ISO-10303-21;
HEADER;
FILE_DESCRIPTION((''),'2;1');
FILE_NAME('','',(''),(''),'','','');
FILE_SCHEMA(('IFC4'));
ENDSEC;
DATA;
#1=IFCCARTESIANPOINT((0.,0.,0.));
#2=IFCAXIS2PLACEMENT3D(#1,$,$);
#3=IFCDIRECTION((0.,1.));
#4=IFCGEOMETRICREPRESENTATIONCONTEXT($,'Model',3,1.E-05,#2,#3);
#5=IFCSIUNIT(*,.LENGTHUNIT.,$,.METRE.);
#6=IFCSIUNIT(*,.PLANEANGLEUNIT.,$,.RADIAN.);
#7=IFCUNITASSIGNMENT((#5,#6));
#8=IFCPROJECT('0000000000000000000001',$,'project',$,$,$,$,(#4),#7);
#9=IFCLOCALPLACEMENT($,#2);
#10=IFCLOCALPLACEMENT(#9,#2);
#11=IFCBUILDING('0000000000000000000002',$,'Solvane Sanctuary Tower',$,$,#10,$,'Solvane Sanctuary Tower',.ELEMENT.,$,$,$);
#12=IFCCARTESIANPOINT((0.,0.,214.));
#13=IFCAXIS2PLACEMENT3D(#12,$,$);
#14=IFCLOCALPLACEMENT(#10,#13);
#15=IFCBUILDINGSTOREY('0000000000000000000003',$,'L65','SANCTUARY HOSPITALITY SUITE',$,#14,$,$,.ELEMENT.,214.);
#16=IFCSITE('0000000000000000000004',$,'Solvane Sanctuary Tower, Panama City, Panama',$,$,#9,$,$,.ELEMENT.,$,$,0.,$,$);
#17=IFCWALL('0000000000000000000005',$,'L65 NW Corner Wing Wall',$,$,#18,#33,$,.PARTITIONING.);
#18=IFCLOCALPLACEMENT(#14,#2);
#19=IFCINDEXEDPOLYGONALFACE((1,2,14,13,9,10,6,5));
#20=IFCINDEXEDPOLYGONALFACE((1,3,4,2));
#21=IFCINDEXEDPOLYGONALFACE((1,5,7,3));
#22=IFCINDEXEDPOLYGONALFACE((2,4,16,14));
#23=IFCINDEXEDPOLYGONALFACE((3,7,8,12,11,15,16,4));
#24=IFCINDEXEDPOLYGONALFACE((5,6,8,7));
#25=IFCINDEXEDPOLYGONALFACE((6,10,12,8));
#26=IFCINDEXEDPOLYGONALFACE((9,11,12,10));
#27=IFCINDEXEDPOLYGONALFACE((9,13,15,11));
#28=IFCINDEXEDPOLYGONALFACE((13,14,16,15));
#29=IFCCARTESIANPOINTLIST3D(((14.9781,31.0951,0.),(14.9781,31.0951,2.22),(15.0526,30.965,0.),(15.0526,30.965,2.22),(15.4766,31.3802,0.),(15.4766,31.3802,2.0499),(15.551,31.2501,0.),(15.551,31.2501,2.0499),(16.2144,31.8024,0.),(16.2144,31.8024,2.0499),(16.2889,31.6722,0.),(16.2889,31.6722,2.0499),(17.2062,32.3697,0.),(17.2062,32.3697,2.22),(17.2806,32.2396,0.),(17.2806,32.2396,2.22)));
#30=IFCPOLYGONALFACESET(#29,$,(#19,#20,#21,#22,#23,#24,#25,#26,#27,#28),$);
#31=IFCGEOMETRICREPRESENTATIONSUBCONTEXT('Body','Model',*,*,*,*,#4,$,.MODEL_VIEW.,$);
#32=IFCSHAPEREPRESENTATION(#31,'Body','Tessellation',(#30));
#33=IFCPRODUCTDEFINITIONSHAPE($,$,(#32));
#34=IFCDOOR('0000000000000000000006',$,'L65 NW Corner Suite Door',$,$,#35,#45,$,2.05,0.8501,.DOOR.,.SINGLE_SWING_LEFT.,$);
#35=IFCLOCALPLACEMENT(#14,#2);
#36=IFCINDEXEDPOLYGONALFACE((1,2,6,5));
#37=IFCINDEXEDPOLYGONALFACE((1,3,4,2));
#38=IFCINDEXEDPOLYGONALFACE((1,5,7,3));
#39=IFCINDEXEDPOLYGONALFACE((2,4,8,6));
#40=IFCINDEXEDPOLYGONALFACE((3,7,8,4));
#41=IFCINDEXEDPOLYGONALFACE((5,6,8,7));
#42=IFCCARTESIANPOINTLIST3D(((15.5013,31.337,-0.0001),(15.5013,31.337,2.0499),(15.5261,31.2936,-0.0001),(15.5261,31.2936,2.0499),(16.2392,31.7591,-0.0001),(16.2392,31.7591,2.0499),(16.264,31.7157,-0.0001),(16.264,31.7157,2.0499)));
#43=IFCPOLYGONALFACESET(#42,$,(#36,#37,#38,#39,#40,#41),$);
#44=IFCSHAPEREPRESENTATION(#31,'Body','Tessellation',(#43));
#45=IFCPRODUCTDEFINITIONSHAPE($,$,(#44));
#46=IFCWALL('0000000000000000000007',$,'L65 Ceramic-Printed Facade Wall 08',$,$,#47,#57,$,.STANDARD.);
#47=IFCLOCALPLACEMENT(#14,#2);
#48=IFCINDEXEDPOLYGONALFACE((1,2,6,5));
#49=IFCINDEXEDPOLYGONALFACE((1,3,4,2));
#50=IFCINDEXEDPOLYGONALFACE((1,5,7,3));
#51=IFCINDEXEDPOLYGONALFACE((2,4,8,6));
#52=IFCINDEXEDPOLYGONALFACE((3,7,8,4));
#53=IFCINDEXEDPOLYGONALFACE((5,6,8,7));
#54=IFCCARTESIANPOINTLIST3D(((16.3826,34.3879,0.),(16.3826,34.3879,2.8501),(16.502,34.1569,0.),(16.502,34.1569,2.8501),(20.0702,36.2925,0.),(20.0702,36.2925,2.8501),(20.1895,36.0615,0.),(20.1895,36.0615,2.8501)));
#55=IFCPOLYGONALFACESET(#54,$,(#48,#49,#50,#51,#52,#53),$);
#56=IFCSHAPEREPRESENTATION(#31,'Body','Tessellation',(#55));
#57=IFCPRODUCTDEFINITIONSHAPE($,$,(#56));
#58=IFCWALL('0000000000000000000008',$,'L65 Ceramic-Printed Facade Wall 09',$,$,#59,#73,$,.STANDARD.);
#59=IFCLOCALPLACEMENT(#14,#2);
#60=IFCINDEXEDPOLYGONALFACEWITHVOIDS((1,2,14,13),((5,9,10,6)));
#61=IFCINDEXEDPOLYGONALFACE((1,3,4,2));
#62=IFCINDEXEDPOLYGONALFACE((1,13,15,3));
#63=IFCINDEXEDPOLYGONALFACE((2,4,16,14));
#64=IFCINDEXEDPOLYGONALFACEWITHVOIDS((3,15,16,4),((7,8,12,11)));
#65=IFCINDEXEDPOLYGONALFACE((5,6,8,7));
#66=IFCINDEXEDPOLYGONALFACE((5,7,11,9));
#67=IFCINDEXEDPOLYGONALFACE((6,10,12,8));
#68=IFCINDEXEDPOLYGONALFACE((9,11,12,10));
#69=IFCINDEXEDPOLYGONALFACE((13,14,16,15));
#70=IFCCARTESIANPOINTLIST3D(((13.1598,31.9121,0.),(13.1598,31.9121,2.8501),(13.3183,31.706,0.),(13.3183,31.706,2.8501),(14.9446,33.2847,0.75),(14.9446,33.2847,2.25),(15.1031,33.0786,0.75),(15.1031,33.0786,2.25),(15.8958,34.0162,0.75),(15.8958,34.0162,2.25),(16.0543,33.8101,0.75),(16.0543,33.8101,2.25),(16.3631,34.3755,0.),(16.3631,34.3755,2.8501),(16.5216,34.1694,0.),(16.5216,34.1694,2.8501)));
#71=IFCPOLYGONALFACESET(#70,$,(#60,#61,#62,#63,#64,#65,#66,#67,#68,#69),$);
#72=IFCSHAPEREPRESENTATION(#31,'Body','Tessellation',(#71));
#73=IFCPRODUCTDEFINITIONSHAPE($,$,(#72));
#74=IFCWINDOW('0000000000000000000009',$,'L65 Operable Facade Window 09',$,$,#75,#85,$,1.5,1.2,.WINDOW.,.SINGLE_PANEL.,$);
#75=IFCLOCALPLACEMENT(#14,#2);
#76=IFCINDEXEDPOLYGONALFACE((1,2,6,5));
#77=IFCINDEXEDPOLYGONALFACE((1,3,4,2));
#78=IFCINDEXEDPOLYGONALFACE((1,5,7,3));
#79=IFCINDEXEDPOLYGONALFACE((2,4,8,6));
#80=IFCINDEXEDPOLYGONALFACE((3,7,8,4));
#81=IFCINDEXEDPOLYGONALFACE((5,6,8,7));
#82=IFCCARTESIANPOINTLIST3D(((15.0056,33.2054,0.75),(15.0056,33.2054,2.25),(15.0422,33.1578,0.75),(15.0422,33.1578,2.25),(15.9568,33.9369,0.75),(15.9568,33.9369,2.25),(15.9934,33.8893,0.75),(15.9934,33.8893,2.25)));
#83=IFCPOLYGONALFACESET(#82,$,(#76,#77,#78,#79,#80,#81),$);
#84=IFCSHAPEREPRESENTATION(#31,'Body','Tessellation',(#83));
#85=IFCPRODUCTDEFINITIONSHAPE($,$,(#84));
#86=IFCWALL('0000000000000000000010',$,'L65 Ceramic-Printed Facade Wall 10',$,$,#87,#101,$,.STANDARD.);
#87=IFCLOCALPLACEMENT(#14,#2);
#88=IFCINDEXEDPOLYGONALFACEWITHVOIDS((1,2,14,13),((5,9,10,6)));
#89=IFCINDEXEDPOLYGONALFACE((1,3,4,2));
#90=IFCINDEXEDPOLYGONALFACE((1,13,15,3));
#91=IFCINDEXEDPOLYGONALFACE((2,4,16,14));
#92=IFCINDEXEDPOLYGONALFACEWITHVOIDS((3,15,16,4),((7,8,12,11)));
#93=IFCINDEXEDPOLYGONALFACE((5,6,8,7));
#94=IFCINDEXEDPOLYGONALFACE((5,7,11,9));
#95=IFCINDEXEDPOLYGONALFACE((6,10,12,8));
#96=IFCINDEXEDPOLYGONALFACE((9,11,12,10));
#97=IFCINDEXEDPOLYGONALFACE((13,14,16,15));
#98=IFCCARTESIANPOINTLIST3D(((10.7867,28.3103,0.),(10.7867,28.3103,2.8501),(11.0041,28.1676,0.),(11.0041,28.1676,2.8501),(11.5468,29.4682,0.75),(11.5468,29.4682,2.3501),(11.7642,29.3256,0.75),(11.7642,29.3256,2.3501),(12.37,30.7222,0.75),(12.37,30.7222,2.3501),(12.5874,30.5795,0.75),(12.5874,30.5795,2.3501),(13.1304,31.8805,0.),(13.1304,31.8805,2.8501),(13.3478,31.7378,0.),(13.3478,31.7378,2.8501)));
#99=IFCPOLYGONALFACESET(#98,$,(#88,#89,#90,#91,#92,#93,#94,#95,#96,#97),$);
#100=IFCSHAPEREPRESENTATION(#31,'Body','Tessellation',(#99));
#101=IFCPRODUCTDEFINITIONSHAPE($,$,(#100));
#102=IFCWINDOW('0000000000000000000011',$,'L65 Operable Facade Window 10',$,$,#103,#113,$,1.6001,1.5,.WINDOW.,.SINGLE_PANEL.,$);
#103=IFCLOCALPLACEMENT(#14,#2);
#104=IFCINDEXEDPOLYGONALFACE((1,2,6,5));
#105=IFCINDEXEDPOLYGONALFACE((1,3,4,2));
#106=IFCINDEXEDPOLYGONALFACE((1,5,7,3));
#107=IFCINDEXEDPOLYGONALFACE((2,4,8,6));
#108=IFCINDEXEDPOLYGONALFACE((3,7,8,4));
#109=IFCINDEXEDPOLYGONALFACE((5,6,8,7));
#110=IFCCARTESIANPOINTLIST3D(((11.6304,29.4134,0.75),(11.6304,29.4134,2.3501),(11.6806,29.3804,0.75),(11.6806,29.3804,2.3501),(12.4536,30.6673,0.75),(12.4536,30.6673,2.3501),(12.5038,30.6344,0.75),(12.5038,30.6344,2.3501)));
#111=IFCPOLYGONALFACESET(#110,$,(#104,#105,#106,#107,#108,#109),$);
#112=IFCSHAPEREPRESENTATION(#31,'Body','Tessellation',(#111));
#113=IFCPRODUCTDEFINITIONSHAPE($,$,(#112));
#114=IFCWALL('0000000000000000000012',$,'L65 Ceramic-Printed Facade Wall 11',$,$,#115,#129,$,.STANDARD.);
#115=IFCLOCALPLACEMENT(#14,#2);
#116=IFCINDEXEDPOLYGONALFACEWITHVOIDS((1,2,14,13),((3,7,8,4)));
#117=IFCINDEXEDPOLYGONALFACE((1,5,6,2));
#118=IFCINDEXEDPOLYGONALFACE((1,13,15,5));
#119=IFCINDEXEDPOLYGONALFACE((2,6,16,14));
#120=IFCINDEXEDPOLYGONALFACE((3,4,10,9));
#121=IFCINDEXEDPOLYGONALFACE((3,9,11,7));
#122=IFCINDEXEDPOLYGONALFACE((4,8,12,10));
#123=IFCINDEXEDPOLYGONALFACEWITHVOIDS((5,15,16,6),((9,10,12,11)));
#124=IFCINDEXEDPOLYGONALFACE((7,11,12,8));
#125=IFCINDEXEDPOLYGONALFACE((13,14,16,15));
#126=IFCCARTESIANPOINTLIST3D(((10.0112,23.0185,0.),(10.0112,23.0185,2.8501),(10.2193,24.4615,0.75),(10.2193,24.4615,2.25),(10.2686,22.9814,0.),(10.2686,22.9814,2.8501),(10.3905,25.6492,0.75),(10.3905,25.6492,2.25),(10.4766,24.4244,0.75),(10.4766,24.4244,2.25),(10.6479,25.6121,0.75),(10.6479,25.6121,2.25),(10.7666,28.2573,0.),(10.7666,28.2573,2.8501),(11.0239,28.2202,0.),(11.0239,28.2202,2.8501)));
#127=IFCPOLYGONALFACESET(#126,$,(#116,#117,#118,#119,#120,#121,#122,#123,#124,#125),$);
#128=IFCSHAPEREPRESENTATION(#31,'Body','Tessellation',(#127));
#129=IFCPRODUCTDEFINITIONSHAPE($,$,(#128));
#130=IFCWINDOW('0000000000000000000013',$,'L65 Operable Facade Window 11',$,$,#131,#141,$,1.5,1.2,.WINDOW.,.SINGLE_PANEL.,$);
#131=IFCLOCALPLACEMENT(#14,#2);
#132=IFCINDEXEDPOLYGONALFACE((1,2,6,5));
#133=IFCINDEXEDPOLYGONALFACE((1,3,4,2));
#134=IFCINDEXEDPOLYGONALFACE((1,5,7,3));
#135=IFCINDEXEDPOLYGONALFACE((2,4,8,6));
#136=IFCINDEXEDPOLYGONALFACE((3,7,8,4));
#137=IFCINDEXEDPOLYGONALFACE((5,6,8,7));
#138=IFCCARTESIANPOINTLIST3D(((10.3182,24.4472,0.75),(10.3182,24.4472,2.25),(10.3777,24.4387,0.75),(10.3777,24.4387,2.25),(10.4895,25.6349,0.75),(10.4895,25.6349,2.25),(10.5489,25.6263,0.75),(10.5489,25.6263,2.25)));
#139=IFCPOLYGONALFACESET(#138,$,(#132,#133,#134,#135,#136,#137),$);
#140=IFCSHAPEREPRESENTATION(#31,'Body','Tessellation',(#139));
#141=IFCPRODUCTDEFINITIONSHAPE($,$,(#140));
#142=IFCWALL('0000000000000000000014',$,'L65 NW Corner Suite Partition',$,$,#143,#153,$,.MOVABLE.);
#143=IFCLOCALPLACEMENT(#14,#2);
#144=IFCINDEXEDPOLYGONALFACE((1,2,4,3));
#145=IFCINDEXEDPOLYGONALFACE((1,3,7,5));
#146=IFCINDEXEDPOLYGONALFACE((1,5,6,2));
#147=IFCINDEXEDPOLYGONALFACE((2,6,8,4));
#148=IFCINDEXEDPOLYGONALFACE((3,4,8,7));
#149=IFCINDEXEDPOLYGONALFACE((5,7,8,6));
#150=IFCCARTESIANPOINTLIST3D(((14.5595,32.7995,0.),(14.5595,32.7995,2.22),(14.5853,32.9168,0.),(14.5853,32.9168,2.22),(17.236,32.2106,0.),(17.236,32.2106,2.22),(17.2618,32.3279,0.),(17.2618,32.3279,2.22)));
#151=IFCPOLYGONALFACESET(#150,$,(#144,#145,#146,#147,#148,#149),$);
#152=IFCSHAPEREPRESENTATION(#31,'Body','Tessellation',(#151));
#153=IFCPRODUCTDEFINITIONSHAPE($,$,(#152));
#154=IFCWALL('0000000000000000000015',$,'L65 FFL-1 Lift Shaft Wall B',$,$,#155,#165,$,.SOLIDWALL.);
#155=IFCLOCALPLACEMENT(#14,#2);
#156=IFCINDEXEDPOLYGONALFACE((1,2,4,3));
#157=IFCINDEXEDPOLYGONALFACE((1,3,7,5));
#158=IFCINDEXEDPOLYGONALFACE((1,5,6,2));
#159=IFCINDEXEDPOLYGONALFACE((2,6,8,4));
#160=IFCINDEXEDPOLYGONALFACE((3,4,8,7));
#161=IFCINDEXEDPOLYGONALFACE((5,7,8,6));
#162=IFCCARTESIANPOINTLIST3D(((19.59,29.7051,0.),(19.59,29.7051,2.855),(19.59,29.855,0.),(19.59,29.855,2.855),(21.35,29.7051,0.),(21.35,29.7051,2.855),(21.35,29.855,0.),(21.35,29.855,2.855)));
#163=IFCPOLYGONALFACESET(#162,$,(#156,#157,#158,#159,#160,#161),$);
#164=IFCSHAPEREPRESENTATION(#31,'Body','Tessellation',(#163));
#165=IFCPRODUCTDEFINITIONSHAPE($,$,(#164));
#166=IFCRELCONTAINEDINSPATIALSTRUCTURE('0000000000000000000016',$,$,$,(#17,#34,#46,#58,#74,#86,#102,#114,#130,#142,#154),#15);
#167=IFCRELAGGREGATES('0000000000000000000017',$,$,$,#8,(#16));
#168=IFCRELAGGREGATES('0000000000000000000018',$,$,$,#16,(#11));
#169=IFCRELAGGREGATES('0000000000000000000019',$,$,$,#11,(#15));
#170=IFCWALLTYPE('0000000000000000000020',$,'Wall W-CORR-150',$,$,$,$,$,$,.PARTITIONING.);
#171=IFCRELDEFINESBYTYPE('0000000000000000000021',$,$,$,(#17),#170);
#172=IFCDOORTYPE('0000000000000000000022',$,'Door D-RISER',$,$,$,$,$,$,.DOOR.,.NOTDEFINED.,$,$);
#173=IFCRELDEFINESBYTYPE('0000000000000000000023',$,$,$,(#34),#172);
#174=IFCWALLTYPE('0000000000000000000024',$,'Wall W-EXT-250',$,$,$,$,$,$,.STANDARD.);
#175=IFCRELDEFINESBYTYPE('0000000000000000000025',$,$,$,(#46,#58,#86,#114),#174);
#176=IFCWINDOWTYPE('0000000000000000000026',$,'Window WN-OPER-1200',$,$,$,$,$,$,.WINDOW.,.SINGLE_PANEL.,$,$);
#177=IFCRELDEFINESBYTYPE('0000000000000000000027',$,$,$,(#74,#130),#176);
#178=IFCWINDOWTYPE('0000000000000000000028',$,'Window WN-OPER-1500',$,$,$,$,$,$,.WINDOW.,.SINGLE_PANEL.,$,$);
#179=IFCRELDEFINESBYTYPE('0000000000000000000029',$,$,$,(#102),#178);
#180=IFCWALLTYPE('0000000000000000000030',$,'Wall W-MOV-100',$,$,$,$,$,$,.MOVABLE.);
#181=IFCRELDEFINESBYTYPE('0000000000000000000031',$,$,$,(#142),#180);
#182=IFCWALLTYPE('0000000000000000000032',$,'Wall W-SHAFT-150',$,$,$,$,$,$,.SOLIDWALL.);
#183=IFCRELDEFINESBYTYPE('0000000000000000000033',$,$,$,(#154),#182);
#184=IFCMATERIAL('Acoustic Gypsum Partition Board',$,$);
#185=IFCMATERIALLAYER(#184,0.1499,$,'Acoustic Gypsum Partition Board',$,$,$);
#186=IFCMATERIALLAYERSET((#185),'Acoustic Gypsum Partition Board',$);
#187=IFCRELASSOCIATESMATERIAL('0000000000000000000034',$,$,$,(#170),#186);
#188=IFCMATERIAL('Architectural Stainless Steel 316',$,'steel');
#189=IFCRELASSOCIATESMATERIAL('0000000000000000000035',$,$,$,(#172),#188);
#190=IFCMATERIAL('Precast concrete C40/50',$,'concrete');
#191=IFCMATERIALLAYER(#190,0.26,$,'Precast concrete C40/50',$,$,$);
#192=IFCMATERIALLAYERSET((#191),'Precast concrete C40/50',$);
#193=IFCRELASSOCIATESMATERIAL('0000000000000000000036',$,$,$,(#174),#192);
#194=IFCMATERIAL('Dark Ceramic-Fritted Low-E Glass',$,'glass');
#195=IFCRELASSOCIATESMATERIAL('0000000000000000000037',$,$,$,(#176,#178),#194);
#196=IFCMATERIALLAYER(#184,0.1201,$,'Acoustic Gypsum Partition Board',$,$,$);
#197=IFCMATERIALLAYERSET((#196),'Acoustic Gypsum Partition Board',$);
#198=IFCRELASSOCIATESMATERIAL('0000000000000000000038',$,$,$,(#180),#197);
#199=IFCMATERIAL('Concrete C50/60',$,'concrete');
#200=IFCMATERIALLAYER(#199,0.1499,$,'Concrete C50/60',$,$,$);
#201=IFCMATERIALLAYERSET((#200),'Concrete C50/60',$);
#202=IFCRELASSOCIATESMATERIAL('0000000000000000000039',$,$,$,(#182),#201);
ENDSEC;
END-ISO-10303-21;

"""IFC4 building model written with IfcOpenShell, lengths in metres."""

from ifc_helpers import new_model, si_unit, direction, frame, frame_2d, origin, place, context, subcontext, project, spatial, rectangle, extrude, material, layer, layer_set, type_object, element, fill, save


model = new_model("IFC4")

# Units and contexts
model_context = context("Model", 3, precision=1e-05, world=origin(), true_north=direction((0.0, 1.0)))
body_context = subcontext(model_context, "Body", "Model", "MODEL_VIEW")
ifc_project = project(units=[si_unit("LENGTHUNIT", "METRE"), si_unit("PLANEANGLEUNIT", "RADIAN")], contexts=[model_context])

# Site, building, storey
site_placement = place(None, origin())
site = spatial("IfcSite", under=ifc_project, at=site_placement, Name="Solvane Sanctuary Tower, Panama City, Panama", CompositionType="ELEMENT", RefElevation=0.0)
building_placement = place(site_placement, origin())
building = spatial("IfcBuilding", under=site, at=building_placement, Name="Solvane Sanctuary Tower", LongName="Solvane Sanctuary Tower", CompositionType="ELEMENT")
storey_placement = place(building_placement, frame((0.0, 0.0, 214.0)))
storey = spatial("IfcBuildingStorey", under=building, at=storey_placement, Name="L65", Description="SANCTUARY HOSPITALITY SUITE", CompositionType="ELEMENT", Elevation=214.0)

# Shared definitions
ifc_material_1 = material(Name="Concrete C50/60", Category="concrete")

# Shared definitions
ifc_material_2 = material(Name="Acoustic Gypsum Partition Board")
ifc_layer_1 = layer(ifc_material_2, 0.1499, Name="Acoustic Gypsum Partition Board")
ifc_layer_set_1 = layer_set([ifc_layer_1], Name="Acoustic Gypsum Partition Board")
wall_type_1 = type_object("IfcWallType", Name="Wall W-CORR-150", PredefinedType="PARTITIONING", material=ifc_layer_set_1)

# Wall, opening, door
wall_1_placement = place(storey_placement, frame((17.2434, 32.3047, 0.0), z_axis=(0.0, 0.0, 1.0), x_axis=(-0.867991, -0.496579, 0.0)))
wall_1 = element("IfcWall", 1, at=wall_1_placement, inside=storey, type_object=wall_type_1, Name="L65 NW Corner Wing Wall", PredefinedType="PARTITIONING", context=body_context, shape_type="SweptSolid", body=[
    extrude(rectangle(XDim=2.5669, YDim=0.1499, at=frame_2d((1.2834, 0.0))), origin(), (0.0, 0.0, 1.0), 2.22),
])
opening_1_placement = place(wall_1_placement, frame((1.1426, 0.0, 0.0)))
opening_1 = element("IfcOpeningElement", 2, at=opening_1_placement, cuts=wall_1, PredefinedType="OPENING", context=body_context, shape_type="SweptSolid", body=[
    extrude(rectangle(XDim=0.8501, YDim=2.05, at=frame_2d((0.425, 1.0249))), frame((0.0, 0.085, 0.0), z_axis=(0.0, -1.0, 0.0), x_axis=(1.0, 0.0, 0.0)), (0.0, 0.0, 1.0), 0.1699),
])
ifc_material_3 = material(Name="Architectural Stainless Steel 316", Category="steel")
door_type_1 = type_object("IfcDoorType", Name="Door D-RISER", OperationType="NOTDEFINED", PredefinedType="DOOR", material=ifc_material_3)
door_1_placement = place(opening_1_placement, origin())
door_1 = element("IfcDoor", 3, at=door_1_placement, inside=storey, type_object=door_type_1, Name="L65 NW Corner Suite Door", OperationType="SINGLE_SWING_LEFT", OverallHeight=2.05, OverallWidth=0.8501, PredefinedType="DOOR", context=body_context, shape_type="SweptSolid", body=[
    extrude(rectangle(XDim=0.8501, YDim=2.05, at=frame_2d((0.425, 1.0249))), frame((0.0, 0.0249, 0.0), z_axis=(0.0, -1.0, 0.0), x_axis=(1.0, 0.0, 0.0)), (0.0, 0.0, 1.0), 0.05),
])
fill(opening_1, door_1)

# Wall
ifc_material_4 = material(Name="Precast concrete C40/50", Category="concrete")
ifc_layer_2 = layer(ifc_material_4, 0.26, Name="Precast concrete C40/50")
ifc_layer_set_2 = layer_set([ifc_layer_2], Name="Precast concrete C40/50")
wall_type_2 = type_object("IfcWallType", Name="Wall W-EXT-250", PredefinedType="STANDARD", material=ifc_layer_set_2)
wall_2_placement = place(storey_placement, frame((20.1299, 36.177, 0.0), z_axis=(0.0, 0.0, 1.0), x_axis=(-0.888491, -0.458893, 0.0)))
element("IfcWall", 4, at=wall_2_placement, inside=storey, type_object=wall_type_2, Name="L65 Ceramic-Printed Facade Wall 08", PredefinedType="STANDARD", context=body_context, shape_type="SweptSolid", body=[
    extrude(rectangle(XDim=4.1504, YDim=0.26, at=frame_2d((2.0752, 0.0))), origin(), (0.0, 0.0, 1.0), 2.8501),
])

# Walls, openings, windows
wall_3_placement = place(storey_placement, frame((16.4424, 34.2725, 0.0), z_axis=(0.0, 0.0, 1.0), x_axis=(-0.792714, -0.609594, 0.0)))
wall_3 = element("IfcWall", 5, at=wall_3_placement, inside=storey, type_object=wall_type_2, Name="L65 Ceramic-Printed Facade Wall 09", PredefinedType="STANDARD", context=body_context, shape_type="SweptSolid", body=[
    extrude(rectangle(XDim=4.041, YDim=0.26, at=frame_2d((2.0205, 0.0))), origin(), (0.0, 0.0, 1.0), 2.8501),
])
opening_2_placement = place(wall_3_placement, frame((0.5894, 0.0, 0.75)))
opening_2 = element("IfcOpeningElement", 6, at=opening_2_placement, cuts=wall_3, PredefinedType="OPENING", context=body_context, shape_type="SweptSolid", body=[
    extrude(rectangle(XDim=1.2, YDim=1.5, at=frame_2d((0.6001, 0.75))), frame((0.0, 0.1399, 0.0), z_axis=(0.0, -1.0, 0.0), x_axis=(1.0, 0.0, 0.0)), (0.0, 0.0, 1.0), 0.28),
])
ifc_material_5 = material(Name="Dark Ceramic-Fritted Low-E Glass", Category="glass")
window_type_1 = type_object("IfcWindowType", Name="Window WN-OPER-1200", PartitioningType="SINGLE_PANEL", PredefinedType="WINDOW", material=ifc_material_5)
window_1_placement = place(opening_2_placement, origin())
window_1 = element("IfcWindow", 7, at=window_1_placement, inside=storey, type_object=window_type_1, Name="L65 Operable Facade Window 09", OverallHeight=1.5, OverallWidth=1.2, PartitioningType="SINGLE_PANEL", PredefinedType="WINDOW", context=body_context, shape_type="SweptSolid", body=[
    extrude(rectangle(XDim=1.2, YDim=1.5, at=frame_2d((0.6001, 0.75))), frame((0.0, 0.03, 0.0), z_axis=(0.0, -1.0, 0.0), x_axis=(1.0, 0.0, 0.0)), (0.0, 0.0, 1.0), 0.0601),
])
fill(opening_2, window_1)
wall_4_placement = place(storey_placement, frame((13.239, 31.8091, 0.0), z_axis=(0.0, 0.0, 1.0), x_axis=(-0.548776, -0.835969, 0.0)))
wall_4 = element("IfcWall", 8, at=wall_4_placement, inside=storey, type_object=wall_type_2, Name="L65 Ceramic-Printed Facade Wall 10", PredefinedType="STANDARD", context=body_context, shape_type="SweptSolid", body=[
    extrude(rectangle(XDim=4.2708, YDim=0.26, at=frame_2d((2.1353, 0.0))), origin(), (0.0, 0.0, 1.0), 2.8501),
])
opening_3_placement = place(wall_4_placement, frame((1.3855, 0.0, 0.75)))
opening_3 = element("IfcOpeningElement", 9, at=opening_3_placement, cuts=wall_4, PredefinedType="OPENING", context=body_context, shape_type="SweptSolid", body=[
    extrude(rectangle(XDim=1.5, YDim=1.6001, at=frame_2d((0.75, 0.8))), frame((0.0, 0.1399, 0.0), z_axis=(0.0, -1.0, 0.0), x_axis=(1.0, 0.0, 0.0)), (0.0, 0.0, 1.0), 0.28),
])
window_type_2 = type_object("IfcWindowType", Name="Window WN-OPER-1500", PartitioningType="SINGLE_PANEL", PredefinedType="WINDOW", material=ifc_material_5)
window_2_placement = place(opening_3_placement, origin())
window_2 = element("IfcWindow", 10, at=window_2_placement, inside=storey, type_object=window_type_2, Name="L65 Operable Facade Window 10", OverallHeight=1.6001, OverallWidth=1.5, PartitioningType="SINGLE_PANEL", PredefinedType="WINDOW", context=body_context, shape_type="SweptSolid", body=[
    extrude(rectangle(XDim=1.5, YDim=1.6001, at=frame_2d((0.75, 0.8))), frame((0.0, 0.03, 0.0), z_axis=(0.0, -1.0, 0.0), x_axis=(1.0, 0.0, 0.0)), (0.0, 0.0, 1.0), 0.0601),
])
fill(opening_3, window_2)
wall_5_placement = place(storey_placement, frame((10.8953, 28.2388, 0.0), z_axis=(0.0, 0.0, 1.0), x_axis=(-0.142713, -0.989764, 0.0)))
wall_5 = element("IfcWall", 11, at=wall_5_placement, inside=storey, type_object=wall_type_2, Name="L65 Ceramic-Printed Facade Wall 11", PredefinedType="STANDARD", context=body_context, shape_type="SweptSolid", body=[
    extrude(rectangle(XDim=5.293, YDim=0.26, at=frame_2d((2.6465, 0.0))), origin(), (0.0, 0.0, 1.0), 2.8501),
])
opening_4_placement = place(wall_5_placement, frame((2.635, 0.0, 0.75)))
opening_4 = element("IfcOpeningElement", 12, at=opening_4_placement, cuts=wall_5, PredefinedType="OPENING", context=body_context, shape_type="SweptSolid", body=[
    extrude(rectangle(XDim=1.2, YDim=1.5, at=frame_2d((0.6001, 0.75))), frame((0.0, 0.1399, 0.0), z_axis=(0.0, -1.0, 0.0), x_axis=(1.0, 0.0, 0.0)), (0.0, 0.0, 1.0), 0.28),
])
window_3_placement = place(opening_4_placement, origin())
window_3 = element("IfcWindow", 13, at=window_3_placement, inside=storey, type_object=window_type_1, Name="L65 Operable Facade Window 11", OverallHeight=1.5, OverallWidth=1.2, PartitioningType="SINGLE_PANEL", PredefinedType="WINDOW", context=body_context, shape_type="SweptSolid", body=[
    extrude(rectangle(XDim=1.2, YDim=1.5, at=frame_2d((0.6001, 0.75))), frame((0.0, 0.03, 0.0), z_axis=(0.0, -1.0, 0.0), x_axis=(1.0, 0.0, 0.0)), (0.0, 0.0, 1.0), 0.0601),
])
fill(opening_4, window_3)

# Walls
ifc_layer_3 = layer(ifc_material_2, 0.1201, Name="Acoustic Gypsum Partition Board")
ifc_layer_set_3 = layer_set([ifc_layer_3], Name="Acoustic Gypsum Partition Board")
wall_type_3 = type_object("IfcWallType", Name="Wall W-MOV-100", PredefinedType="MOVABLE", material=ifc_layer_set_3)
wall_6_placement = place(storey_placement, frame((17.2488, 32.2693, 0.0), z_axis=(0.0, 0.0, 1.0), x_axis=(-0.976642, 0.214874, 0.0)))
element("IfcWall", 14, at=wall_6_placement, inside=storey, type_object=wall_type_3, Name="L65 NW Corner Suite Partition", PredefinedType="MOVABLE", context=body_context, shape_type="SweptSolid", body=[
    extrude(rectangle(XDim=2.7405, YDim=0.1201, at=frame_2d((1.3701, 0.0))), origin(), (0.0, 0.0, 1.0), 2.22),
])
ifc_layer_4 = layer(ifc_material_1, 0.1499, Name="Concrete C50/60")
ifc_layer_set_4 = layer_set([ifc_layer_4], Name="Concrete C50/60")
wall_type_4 = type_object("IfcWallType", Name="Wall W-SHAFT-150", PredefinedType="SOLIDWALL", material=ifc_layer_set_4)
wall_7_placement = place(storey_placement, frame((19.5901, 29.78, 0.0), z_axis=(0.0, 0.0, 1.0), x_axis=(1.0, 0.0, 0.0)))
element("IfcWall", 15, at=wall_7_placement, inside=storey, type_object=wall_type_4, Name="L65 FFL-1 Lift Shaft Wall B", PredefinedType="SOLIDWALL", context=body_context, shape_type="SweptSolid", body=[
    extrude(rectangle(XDim=1.76, YDim=0.1499, at=frame_2d((0.8799, 0.0))), origin(), (0.0, 0.0, 1.0), 2.855),
])

save(model, "model.ifc")
